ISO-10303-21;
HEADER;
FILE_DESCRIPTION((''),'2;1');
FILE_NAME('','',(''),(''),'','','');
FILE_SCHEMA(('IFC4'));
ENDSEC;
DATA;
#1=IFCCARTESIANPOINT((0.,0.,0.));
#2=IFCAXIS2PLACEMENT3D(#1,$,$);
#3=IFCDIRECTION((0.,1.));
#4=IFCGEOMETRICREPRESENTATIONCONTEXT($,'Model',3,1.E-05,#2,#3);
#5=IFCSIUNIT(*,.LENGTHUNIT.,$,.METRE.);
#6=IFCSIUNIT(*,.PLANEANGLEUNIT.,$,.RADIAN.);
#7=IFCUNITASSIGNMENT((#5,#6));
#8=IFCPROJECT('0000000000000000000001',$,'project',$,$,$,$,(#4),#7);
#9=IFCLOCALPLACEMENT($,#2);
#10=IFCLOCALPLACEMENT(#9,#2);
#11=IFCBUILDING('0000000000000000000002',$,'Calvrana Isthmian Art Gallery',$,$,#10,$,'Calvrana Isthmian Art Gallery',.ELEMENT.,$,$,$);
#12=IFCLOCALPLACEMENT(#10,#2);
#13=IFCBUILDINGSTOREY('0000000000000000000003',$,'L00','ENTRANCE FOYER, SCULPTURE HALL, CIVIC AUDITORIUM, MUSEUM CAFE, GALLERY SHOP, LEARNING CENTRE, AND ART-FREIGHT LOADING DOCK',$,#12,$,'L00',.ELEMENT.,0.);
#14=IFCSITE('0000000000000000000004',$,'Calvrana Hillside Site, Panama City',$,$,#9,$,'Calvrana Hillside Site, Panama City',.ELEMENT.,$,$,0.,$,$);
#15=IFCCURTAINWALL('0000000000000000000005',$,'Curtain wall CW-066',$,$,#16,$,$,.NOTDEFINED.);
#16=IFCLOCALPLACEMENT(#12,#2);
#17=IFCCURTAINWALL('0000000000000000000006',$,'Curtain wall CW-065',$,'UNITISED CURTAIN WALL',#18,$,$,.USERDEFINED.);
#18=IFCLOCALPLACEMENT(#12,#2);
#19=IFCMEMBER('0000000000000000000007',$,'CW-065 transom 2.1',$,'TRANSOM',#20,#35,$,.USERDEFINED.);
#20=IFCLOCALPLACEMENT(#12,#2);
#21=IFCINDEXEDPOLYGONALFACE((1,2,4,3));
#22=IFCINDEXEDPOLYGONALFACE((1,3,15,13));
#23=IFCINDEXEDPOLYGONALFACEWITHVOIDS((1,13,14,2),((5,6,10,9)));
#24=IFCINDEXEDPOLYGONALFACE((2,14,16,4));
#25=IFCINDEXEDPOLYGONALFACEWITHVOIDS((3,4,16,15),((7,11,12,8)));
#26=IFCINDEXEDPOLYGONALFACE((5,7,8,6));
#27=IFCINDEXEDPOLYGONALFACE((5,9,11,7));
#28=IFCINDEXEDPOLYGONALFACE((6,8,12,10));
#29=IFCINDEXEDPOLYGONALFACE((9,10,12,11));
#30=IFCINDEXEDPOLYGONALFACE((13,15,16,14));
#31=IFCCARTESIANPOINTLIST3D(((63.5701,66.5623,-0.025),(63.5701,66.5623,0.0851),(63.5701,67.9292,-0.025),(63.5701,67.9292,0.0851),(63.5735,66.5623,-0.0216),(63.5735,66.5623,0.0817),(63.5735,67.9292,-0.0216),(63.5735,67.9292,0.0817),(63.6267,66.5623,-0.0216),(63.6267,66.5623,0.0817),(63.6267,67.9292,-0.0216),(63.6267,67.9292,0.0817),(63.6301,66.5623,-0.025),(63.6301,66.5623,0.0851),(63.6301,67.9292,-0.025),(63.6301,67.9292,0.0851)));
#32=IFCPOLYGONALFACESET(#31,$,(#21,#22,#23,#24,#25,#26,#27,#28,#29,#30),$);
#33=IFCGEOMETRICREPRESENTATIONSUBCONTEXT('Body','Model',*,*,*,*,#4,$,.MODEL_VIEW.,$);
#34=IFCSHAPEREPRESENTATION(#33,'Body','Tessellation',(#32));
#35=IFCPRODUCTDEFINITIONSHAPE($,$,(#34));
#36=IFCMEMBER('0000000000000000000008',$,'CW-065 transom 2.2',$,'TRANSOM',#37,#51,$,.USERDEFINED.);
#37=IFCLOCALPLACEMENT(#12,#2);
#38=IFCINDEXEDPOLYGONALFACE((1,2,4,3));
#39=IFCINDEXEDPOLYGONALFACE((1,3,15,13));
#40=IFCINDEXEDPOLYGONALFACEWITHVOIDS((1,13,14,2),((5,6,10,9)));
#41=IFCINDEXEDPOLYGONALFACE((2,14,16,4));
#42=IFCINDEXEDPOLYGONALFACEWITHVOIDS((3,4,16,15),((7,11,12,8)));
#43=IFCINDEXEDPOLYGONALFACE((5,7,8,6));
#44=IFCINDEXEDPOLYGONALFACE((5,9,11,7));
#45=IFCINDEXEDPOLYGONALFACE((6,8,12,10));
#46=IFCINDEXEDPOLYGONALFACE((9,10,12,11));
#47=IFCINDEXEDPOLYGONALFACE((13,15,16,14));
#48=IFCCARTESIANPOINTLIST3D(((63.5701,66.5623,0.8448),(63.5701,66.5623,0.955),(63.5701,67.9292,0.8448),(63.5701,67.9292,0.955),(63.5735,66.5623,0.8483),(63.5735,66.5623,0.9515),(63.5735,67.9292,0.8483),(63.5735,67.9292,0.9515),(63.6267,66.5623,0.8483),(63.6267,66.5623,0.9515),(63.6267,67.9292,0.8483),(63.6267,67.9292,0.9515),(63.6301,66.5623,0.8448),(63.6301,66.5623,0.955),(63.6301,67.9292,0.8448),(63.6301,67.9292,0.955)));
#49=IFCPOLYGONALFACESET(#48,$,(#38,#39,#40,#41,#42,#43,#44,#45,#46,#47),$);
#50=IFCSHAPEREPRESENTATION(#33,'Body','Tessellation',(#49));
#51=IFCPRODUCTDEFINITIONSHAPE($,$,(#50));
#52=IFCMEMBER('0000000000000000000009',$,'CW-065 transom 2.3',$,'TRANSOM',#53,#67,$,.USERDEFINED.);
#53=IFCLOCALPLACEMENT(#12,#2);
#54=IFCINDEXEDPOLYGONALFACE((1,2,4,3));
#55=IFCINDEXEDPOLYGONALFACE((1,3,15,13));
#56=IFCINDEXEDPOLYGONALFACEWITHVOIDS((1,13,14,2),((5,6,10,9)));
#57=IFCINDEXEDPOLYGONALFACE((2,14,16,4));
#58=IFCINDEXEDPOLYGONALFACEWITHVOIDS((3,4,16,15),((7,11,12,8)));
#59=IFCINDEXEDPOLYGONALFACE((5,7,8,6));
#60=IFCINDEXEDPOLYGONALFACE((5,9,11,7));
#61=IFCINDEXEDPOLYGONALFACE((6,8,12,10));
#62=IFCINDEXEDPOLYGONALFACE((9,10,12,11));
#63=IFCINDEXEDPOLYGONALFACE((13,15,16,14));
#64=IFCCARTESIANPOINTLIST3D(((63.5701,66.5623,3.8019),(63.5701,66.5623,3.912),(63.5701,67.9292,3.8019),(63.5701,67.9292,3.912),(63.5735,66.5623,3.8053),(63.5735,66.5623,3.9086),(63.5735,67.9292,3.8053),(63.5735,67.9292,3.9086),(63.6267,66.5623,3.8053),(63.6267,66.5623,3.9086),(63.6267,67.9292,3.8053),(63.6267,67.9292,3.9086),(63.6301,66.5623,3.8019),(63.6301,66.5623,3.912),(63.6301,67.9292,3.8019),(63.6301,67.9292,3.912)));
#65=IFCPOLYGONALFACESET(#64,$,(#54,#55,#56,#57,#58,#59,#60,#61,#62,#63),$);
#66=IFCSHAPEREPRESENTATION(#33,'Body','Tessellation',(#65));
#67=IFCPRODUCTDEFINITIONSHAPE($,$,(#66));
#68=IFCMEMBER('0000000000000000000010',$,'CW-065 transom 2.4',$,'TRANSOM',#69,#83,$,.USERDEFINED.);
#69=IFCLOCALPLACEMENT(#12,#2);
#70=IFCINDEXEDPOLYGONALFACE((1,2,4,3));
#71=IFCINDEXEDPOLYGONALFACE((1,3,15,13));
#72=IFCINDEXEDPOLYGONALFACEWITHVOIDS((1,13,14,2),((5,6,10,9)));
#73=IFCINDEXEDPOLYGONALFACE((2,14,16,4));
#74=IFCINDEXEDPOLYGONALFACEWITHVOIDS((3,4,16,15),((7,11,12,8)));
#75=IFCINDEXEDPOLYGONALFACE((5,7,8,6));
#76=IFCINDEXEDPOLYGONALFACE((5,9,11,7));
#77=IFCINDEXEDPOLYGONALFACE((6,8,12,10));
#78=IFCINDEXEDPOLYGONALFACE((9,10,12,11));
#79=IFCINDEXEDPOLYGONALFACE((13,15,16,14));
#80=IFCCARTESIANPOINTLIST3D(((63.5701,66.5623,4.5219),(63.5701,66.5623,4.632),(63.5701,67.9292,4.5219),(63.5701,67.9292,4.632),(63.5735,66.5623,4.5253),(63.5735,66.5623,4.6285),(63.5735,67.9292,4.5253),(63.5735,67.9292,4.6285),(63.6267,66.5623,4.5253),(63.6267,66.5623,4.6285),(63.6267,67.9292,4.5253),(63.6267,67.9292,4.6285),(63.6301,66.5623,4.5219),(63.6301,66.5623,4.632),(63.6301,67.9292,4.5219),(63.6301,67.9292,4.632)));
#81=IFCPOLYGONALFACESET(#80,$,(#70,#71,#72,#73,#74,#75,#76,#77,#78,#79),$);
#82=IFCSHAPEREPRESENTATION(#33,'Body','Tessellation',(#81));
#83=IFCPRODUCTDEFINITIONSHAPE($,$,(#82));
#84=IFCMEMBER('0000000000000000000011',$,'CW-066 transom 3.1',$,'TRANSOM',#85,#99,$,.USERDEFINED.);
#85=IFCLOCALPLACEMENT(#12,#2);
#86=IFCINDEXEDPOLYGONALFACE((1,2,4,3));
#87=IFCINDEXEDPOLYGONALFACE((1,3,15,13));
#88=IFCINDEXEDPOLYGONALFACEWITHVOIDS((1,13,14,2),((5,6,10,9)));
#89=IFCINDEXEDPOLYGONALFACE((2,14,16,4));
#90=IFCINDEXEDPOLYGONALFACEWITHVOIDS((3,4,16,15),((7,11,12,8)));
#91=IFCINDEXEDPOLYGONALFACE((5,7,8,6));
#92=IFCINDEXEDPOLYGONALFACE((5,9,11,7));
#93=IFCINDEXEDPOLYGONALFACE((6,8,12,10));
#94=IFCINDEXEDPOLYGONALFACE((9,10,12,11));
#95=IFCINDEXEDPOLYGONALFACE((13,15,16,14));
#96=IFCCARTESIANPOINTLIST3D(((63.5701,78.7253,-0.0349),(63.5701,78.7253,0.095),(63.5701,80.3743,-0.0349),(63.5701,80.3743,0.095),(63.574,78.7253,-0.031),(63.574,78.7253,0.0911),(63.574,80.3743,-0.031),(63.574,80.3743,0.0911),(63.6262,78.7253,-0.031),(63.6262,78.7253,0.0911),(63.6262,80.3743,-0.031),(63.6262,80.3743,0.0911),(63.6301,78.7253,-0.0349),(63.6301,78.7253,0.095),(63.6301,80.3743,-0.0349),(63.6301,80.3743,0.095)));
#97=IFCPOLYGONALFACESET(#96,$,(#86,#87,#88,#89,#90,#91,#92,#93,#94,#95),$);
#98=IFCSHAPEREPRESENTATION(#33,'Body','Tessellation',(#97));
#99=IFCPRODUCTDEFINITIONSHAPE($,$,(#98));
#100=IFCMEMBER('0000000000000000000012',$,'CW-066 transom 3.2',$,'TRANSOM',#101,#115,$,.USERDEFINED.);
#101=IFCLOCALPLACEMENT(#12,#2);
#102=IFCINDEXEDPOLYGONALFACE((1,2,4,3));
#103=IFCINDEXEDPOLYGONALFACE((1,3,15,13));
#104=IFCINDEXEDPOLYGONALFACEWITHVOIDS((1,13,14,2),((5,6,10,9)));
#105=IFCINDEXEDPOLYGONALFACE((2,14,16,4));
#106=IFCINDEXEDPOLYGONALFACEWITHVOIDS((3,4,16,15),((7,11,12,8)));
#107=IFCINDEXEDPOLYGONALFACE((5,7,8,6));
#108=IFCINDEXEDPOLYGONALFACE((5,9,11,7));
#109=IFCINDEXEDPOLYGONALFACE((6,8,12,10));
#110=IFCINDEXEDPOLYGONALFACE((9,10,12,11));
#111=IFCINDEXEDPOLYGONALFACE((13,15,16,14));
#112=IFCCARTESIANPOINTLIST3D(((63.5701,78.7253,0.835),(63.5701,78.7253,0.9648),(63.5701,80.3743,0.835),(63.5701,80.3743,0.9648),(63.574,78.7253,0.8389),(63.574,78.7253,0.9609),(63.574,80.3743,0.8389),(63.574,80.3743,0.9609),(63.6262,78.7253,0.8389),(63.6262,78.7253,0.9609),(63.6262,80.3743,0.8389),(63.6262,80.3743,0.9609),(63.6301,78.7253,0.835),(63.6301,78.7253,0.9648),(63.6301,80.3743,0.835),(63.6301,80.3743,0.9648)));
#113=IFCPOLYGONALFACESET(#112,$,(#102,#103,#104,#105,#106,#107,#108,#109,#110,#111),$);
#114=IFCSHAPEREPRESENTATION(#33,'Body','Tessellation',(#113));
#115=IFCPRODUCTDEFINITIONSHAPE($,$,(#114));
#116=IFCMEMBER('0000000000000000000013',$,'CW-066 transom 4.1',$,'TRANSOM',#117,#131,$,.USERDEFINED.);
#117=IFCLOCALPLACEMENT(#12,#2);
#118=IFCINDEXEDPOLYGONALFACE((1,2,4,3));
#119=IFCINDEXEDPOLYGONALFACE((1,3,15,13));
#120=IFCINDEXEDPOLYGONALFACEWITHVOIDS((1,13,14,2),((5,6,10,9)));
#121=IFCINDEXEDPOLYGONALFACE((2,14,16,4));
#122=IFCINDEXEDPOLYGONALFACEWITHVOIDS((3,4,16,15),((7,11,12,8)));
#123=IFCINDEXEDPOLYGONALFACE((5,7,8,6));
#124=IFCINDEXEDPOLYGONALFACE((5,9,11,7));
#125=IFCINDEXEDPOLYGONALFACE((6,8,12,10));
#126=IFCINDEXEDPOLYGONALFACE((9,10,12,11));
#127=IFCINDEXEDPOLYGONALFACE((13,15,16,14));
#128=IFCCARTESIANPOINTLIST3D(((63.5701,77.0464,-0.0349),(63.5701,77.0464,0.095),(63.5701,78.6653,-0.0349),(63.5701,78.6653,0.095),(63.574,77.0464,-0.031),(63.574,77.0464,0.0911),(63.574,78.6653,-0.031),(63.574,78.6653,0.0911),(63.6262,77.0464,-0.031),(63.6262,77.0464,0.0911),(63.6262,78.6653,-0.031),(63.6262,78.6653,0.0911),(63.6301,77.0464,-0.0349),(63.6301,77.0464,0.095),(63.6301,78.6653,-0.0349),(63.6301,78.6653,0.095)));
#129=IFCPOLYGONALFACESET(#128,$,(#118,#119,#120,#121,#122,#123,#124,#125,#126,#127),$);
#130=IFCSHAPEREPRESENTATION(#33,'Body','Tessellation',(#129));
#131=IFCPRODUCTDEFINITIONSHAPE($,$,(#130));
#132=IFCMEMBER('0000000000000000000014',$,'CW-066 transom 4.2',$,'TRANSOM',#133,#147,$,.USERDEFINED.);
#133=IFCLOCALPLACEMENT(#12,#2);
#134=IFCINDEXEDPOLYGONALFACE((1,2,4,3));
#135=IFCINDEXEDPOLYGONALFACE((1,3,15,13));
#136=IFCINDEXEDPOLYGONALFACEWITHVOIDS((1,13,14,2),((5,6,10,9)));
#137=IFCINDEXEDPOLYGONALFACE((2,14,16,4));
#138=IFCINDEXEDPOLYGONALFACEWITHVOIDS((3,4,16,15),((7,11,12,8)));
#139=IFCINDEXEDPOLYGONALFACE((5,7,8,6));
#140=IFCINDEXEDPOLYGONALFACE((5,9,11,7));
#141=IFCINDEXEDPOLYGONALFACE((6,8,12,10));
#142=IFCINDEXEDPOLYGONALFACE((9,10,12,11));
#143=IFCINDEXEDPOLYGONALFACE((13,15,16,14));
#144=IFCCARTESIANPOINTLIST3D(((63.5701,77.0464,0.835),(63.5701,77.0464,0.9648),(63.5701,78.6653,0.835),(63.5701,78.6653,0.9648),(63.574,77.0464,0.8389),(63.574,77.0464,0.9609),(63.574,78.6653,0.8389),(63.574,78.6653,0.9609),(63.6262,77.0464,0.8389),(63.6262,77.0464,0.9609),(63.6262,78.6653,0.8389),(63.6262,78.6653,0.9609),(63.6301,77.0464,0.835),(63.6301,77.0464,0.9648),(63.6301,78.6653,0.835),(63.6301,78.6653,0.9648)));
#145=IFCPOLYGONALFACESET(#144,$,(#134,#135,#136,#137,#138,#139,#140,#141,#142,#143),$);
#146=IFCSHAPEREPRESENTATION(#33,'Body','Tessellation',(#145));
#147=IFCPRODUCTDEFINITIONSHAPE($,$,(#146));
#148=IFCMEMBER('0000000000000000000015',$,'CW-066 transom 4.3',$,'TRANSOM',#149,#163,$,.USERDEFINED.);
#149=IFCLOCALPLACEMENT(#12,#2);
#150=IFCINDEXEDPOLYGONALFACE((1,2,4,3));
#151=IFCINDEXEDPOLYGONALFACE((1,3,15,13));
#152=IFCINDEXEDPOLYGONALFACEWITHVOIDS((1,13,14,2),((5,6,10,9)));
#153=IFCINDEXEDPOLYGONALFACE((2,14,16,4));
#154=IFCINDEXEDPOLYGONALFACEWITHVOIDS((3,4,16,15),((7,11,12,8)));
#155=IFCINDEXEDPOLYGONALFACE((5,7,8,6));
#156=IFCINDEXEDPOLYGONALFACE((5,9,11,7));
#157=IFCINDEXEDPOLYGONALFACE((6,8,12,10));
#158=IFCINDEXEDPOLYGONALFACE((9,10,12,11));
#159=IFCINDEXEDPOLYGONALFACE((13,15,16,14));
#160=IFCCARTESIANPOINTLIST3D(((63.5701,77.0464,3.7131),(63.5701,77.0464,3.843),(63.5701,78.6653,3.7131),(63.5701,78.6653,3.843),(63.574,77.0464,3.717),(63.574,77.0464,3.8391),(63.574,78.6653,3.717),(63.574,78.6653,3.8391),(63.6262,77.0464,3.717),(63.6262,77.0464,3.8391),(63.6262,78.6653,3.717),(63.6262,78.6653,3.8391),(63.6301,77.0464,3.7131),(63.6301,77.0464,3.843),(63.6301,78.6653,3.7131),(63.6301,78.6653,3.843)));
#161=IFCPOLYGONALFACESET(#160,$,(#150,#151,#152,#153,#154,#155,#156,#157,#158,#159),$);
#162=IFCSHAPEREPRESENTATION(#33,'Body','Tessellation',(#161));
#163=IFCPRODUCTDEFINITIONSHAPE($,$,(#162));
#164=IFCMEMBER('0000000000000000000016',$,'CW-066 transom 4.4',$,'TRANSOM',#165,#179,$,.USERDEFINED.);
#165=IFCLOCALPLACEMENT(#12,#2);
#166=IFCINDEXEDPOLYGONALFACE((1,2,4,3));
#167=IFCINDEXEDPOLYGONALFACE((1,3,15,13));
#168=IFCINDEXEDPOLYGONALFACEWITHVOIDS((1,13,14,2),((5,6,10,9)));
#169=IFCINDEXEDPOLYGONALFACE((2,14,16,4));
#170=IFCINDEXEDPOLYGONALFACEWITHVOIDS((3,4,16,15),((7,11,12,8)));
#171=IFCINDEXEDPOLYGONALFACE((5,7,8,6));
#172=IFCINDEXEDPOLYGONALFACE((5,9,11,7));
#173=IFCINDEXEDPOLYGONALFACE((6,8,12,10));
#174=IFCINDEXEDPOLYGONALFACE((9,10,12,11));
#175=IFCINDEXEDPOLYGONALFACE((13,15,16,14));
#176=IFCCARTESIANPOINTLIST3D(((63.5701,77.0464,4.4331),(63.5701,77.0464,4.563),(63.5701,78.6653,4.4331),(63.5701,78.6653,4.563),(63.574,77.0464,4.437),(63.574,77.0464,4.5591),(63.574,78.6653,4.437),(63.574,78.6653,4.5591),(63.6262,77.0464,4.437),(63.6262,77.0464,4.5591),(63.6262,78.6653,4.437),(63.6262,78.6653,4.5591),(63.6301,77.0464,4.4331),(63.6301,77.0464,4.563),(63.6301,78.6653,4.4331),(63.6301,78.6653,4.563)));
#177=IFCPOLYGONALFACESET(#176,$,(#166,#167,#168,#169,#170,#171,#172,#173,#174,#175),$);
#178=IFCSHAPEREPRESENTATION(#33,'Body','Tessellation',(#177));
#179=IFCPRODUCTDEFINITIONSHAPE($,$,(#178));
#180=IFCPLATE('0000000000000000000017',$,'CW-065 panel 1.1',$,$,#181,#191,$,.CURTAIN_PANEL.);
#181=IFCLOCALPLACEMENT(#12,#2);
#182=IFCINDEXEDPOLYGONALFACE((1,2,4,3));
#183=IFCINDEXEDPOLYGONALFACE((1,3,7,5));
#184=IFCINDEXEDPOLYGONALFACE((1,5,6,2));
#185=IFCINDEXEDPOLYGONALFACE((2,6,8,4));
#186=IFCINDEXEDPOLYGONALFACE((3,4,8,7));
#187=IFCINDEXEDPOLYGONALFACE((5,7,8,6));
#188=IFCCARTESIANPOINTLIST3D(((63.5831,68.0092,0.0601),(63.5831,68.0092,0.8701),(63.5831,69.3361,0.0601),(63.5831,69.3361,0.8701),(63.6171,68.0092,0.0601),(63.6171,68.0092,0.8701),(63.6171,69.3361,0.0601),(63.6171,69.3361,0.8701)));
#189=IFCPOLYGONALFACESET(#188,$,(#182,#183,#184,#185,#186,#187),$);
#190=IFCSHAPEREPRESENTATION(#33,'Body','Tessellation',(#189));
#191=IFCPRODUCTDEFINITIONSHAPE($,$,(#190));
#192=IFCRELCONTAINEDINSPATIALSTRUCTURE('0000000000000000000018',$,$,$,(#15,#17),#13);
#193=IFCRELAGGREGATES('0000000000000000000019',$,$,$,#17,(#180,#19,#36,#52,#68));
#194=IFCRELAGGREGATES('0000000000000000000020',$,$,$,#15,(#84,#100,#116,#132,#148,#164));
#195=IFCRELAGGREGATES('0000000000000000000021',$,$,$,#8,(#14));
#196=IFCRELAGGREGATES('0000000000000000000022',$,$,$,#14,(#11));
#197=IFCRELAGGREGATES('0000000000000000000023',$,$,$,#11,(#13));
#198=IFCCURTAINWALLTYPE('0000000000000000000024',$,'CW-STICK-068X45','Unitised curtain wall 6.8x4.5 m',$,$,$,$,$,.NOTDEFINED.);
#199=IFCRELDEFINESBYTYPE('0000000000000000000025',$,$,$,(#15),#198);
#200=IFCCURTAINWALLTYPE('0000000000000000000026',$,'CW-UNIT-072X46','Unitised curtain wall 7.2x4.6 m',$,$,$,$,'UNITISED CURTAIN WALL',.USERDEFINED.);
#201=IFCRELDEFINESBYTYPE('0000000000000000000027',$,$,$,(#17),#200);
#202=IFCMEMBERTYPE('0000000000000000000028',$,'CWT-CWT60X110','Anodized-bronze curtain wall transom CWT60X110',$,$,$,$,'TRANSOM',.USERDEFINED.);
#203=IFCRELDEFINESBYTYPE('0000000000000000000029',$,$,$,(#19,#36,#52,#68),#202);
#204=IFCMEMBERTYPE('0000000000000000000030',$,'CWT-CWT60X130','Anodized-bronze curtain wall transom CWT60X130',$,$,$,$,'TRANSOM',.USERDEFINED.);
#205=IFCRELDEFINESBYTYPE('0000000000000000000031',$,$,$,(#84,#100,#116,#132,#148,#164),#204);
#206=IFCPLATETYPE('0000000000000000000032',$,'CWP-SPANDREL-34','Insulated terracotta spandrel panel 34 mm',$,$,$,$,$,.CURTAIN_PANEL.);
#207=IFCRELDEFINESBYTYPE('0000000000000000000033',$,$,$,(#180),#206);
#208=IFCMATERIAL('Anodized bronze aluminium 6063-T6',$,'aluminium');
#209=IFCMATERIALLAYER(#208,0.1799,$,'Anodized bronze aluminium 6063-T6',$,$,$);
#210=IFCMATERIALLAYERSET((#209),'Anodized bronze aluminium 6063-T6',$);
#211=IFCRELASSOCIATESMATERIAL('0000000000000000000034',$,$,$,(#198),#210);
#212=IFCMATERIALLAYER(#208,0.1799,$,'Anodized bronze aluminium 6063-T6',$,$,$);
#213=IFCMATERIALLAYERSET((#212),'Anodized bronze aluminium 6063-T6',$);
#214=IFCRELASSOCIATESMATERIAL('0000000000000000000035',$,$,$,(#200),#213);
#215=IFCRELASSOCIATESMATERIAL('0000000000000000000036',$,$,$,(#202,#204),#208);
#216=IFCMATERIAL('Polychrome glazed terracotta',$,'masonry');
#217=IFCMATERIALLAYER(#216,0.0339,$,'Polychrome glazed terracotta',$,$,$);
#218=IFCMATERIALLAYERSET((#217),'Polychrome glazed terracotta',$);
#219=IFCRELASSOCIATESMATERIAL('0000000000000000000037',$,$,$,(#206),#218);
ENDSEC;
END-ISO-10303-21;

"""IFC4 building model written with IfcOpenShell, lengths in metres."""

from ifc_helpers import new_model, si_unit, direction, frame, origin, origin_2d, place, context, subcontext, project, spatial, rectangle, hollow_rectangle, extrude, material, layer, layer_set, material_profile, profile_set, type_object, element, aggregate, save


model = new_model("IFC4")

# Units and contexts
model_context = context("Model", 3, precision=1e-05, world=origin(), true_north=direction((0.0, 1.0)))
body_context = subcontext(model_context, "Body", "Model", "MODEL_VIEW")
ifc_project = project(units=[si_unit("LENGTHUNIT", "METRE"), si_unit("PLANEANGLEUNIT", "RADIAN")], contexts=[model_context])

# Site, building, storey
site_placement = place(None, origin())
site = spatial("IfcSite", under=ifc_project, at=site_placement, Name="Calvrana Hillside Site, Panama City", LongName="Calvrana Hillside Site, Panama City", CompositionType="ELEMENT", RefElevation=0.0)
building_placement = place(site_placement, origin())
building = spatial("IfcBuilding", under=site, at=building_placement, Name="Calvrana Isthmian Art Gallery", LongName="Calvrana Isthmian Art Gallery", CompositionType="ELEMENT")
storey_placement = place(building_placement, origin())
storey = spatial("IfcBuildingStorey", under=building, at=storey_placement, Name="L00", Description="ENTRANCE FOYER, SCULPTURE HALL, CIVIC AUDITORIUM, MUSEUM CAFE, GALLERY SHOP, LEARNING CENTRE, AND ART-FREIGHT LOADING DOCK", LongName="L00", CompositionType="ELEMENT", Elevation=0.0)

# Curtain walls, members
ifc_material_1 = material(Name="Anodized bronze aluminium 6063-T6", Category="aluminium")
ifc_layer_1 = layer(ifc_material_1, 0.1799, Name="Anodized bronze aluminium 6063-T6")
ifc_layer_set_1 = layer_set([ifc_layer_1], Name="Anodized bronze aluminium 6063-T6")
curtain_wall_type_1 = type_object("IfcCurtainWallType", Name="CW-STICK-068X45", Description="Unitised curtain wall 6.8x4.5 m", PredefinedType="NOTDEFINED", material=ifc_layer_set_1)
curtain_wall_1_placement = place(storey_placement, origin())
curtain_wall_1 = element("IfcCurtainWall", 1, at=curtain_wall_1_placement, inside=storey, type_object=curtain_wall_type_1, Name="Curtain wall CW-066", PredefinedType="NOTDEFINED")
ifc_layer_2 = layer(ifc_material_1, 0.1799, Name="Anodized bronze aluminium 6063-T6")
ifc_layer_set_2 = layer_set([ifc_layer_2], Name="Anodized bronze aluminium 6063-T6")
curtain_wall_type_2 = type_object("IfcCurtainWallType", Name="CW-UNIT-072X46", Description="Unitised curtain wall 7.2x4.6 m", ElementType="UNITISED CURTAIN WALL", PredefinedType="USERDEFINED", material=ifc_layer_set_2)
curtain_wall_2_placement = place(storey_placement, origin())
curtain_wall_2 = element("IfcCurtainWall", 2, at=curtain_wall_2_placement, inside=storey, type_object=curtain_wall_type_2, Name="Curtain wall CW-065", ObjectType="UNITISED CURTAIN WALL", PredefinedType="USERDEFINED")
ifc_material_profile_1 = material_profile(ifc_material_1, hollow_rectangle(XDim=0.0601, YDim=0.1101, WallThickness=0.0034, at=origin_2d()), Name="CWT60X110")
ifc_profile_set_1 = profile_set([ifc_material_profile_1], Name="Anodized bronze aluminium 6063-T6")
member_type_1 = type_object("IfcMemberType", Name="CWT-CWT60X110", Description="Anodized-bronze curtain wall transom CWT60X110", ElementType="TRANSOM", PredefinedType="USERDEFINED", material=ifc_profile_set_1)
member_1_placement = place(storey_placement, frame((63.6001, 67.9292, 0.03), z_axis=(0.0, -1.0, 0.0), x_axis=(1.0, 0.0, 0.0)))
member_1 = element("IfcMember", 3, at=member_1_placement, type_object=member_type_1, Name="CW-065 transom 2.1", ObjectType="TRANSOM", PredefinedType="USERDEFINED", context=body_context, shape_type="SweptSolid", body=[
    extrude(hollow_rectangle(XDim=0.0601, YDim=0.1101, WallThickness=0.0034, at=origin_2d()), origin(), (0.0, 0.0, 1.0), 1.3669),
])
member_2_placement = place(storey_placement, frame((63.6001, 67.9292, 0.8999), z_axis=(0.0, -1.0, 0.0), x_axis=(1.0, 0.0, 0.0)))
member_2 = element("IfcMember", 4, at=member_2_placement, type_object=member_type_1, Name="CW-065 transom 2.2", ObjectType="TRANSOM", PredefinedType="USERDEFINED", context=body_context, shape_type="SweptSolid", body=[
    extrude(hollow_rectangle(XDim=0.0601, YDim=0.1101, WallThickness=0.0034, at=origin_2d()), origin(), (0.0, 0.0, 1.0), 1.3669),
])
member_3_placement = place(storey_placement, frame((63.6001, 67.9292, 3.8569), z_axis=(0.0, -1.0, 0.0), x_axis=(1.0, 0.0, 0.0)))
member_3 = element("IfcMember", 5, at=member_3_placement, type_object=member_type_1, Name="CW-065 transom 2.3", ObjectType="TRANSOM", PredefinedType="USERDEFINED", context=body_context, shape_type="SweptSolid", body=[
    extrude(hollow_rectangle(XDim=0.0601, YDim=0.1101, WallThickness=0.0034, at=origin_2d()), origin(), (0.0, 0.0, 1.0), 1.3669),
])
member_4_placement = place(storey_placement, frame((63.6001, 67.9292, 4.5769), z_axis=(0.0, -1.0, 0.0), x_axis=(1.0, 0.0, 0.0)))
member_4 = element("IfcMember", 6, at=member_4_placement, type_object=member_type_1, Name="CW-065 transom 2.4", ObjectType="TRANSOM", PredefinedType="USERDEFINED", context=body_context, shape_type="SweptSolid", body=[
    extrude(hollow_rectangle(XDim=0.0601, YDim=0.1101, WallThickness=0.0034, at=origin_2d()), origin(), (0.0, 0.0, 1.0), 1.3669),
])

# Members
ifc_material_profile_2 = material_profile(ifc_material_1, hollow_rectangle(XDim=0.0601, YDim=0.1299, WallThickness=0.0039, at=origin_2d()), Name="CWT60X130")
ifc_profile_set_2 = profile_set([ifc_material_profile_2], Name="Anodized bronze aluminium 6063-T6")
member_type_2 = type_object("IfcMemberType", Name="CWT-CWT60X130", Description="Anodized-bronze curtain wall transom CWT60X130", ElementType="TRANSOM", PredefinedType="USERDEFINED", material=ifc_profile_set_2)
member_5_placement = place(storey_placement, frame((63.6001, 80.3743, 0.03), z_axis=(0.0, -1.0, 0.0), x_axis=(1.0, 0.0, 0.0)))
member_5 = element("IfcMember", 7, at=member_5_placement, type_object=member_type_2, Name="CW-066 transom 3.1", ObjectType="TRANSOM", PredefinedType="USERDEFINED", context=body_context, shape_type="SweptSolid", body=[
    extrude(hollow_rectangle(XDim=0.0601, YDim=0.1299, WallThickness=0.0039, at=origin_2d()), origin(), (0.0, 0.0, 1.0), 1.6489),
])
member_6_placement = place(storey_placement, frame((63.6001, 80.3743, 0.8999), z_axis=(0.0, -1.0, 0.0), x_axis=(1.0, 0.0, 0.0)))
member_6 = element("IfcMember", 8, at=member_6_placement, type_object=member_type_2, Name="CW-066 transom 3.2", ObjectType="TRANSOM", PredefinedType="USERDEFINED", context=body_context, shape_type="SweptSolid", body=[
    extrude(hollow_rectangle(XDim=0.0601, YDim=0.1299, WallThickness=0.0039, at=origin_2d()), origin(), (0.0, 0.0, 1.0), 1.6489),
])
member_7_placement = place(storey_placement, frame((63.6001, 78.6653, 0.03), z_axis=(0.0, -1.0, 0.0), x_axis=(1.0, 0.0, 0.0)))
member_7 = element("IfcMember", 9, at=member_7_placement, type_object=member_type_2, Name="CW-066 transom 4.1", ObjectType="TRANSOM", PredefinedType="USERDEFINED", context=body_context, shape_type="SweptSolid", body=[
    extrude(hollow_rectangle(XDim=0.0601, YDim=0.1299, WallThickness=0.0039, at=origin_2d()), origin(), (0.0, 0.0, 1.0), 1.6189),
])
member_8_placement = place(storey_placement, frame((63.6001, 78.6653, 0.8999), z_axis=(0.0, -1.0, 0.0), x_axis=(1.0, 0.0, 0.0)))
member_8 = element("IfcMember", 10, at=member_8_placement, type_object=member_type_2, Name="CW-066 transom 4.2", ObjectType="TRANSOM", PredefinedType="USERDEFINED", context=body_context, shape_type="SweptSolid", body=[
    extrude(hollow_rectangle(XDim=0.0601, YDim=0.1299, WallThickness=0.0039, at=origin_2d()), origin(), (0.0, 0.0, 1.0), 1.6189),
])
member_9_placement = place(storey_placement, frame((63.6001, 78.6653, 3.7781), z_axis=(0.0, -1.0, 0.0), x_axis=(1.0, 0.0, 0.0)))
member_9 = element("IfcMember", 11, at=member_9_placement, type_object=member_type_2, Name="CW-066 transom 4.3", ObjectType="TRANSOM", PredefinedType="USERDEFINED", context=body_context, shape_type="SweptSolid", body=[
    extrude(hollow_rectangle(XDim=0.0601, YDim=0.1299, WallThickness=0.0039, at=origin_2d()), origin(), (0.0, 0.0, 1.0), 1.6189),
])
member_10_placement = place(storey_placement, frame((63.6001, 78.6653, 4.498), z_axis=(0.0, -1.0, 0.0), x_axis=(1.0, 0.0, 0.0)))
member_10 = element("IfcMember", 12, at=member_10_placement, type_object=member_type_2, Name="CW-066 transom 4.4", ObjectType="TRANSOM", PredefinedType="USERDEFINED", context=body_context, shape_type="SweptSolid", body=[
    extrude(hollow_rectangle(XDim=0.0601, YDim=0.1299, WallThickness=0.0039, at=origin_2d()), origin(), (0.0, 0.0, 1.0), 1.6189),
])

# Plate
ifc_material_2 = material(Name="Polychrome glazed terracotta", Category="masonry")
ifc_layer_3 = layer(ifc_material_2, 0.0339, Name="Polychrome glazed terracotta")
ifc_layer_set_3 = layer_set([ifc_layer_3], Name="Polychrome glazed terracotta")
plate_type_1 = type_object("IfcPlateType", Name="CWP-SPANDREL-34", Description="Insulated terracotta spandrel panel 34 mm", PredefinedType="CURTAIN_PANEL", material=ifc_layer_set_3)
plate_1_placement = place(storey_placement, frame((63.6001, 68.6726, 0.0601), z_axis=(0.0, 0.0, 1.0), x_axis=(0.0, -1.0, 0.0)))
plate_1 = element("IfcPlate", 13, at=plate_1_placement, type_object=plate_type_1, Name="CW-065 panel 1.1", PredefinedType="CURTAIN_PANEL", context=body_context, shape_type="SweptSolid", body=[
    extrude(rectangle(XDim=1.3269, YDim=0.0339, at=origin_2d()), origin(), (0.0, 0.0, 1.0), 0.8101),
])
aggregate(curtain_wall_2, [plate_1, member_1, member_2, member_3, member_4])
aggregate(curtain_wall_1, [member_5, member_6, member_7, member_8, member_9, member_10])

save(model, "model.ifc")
